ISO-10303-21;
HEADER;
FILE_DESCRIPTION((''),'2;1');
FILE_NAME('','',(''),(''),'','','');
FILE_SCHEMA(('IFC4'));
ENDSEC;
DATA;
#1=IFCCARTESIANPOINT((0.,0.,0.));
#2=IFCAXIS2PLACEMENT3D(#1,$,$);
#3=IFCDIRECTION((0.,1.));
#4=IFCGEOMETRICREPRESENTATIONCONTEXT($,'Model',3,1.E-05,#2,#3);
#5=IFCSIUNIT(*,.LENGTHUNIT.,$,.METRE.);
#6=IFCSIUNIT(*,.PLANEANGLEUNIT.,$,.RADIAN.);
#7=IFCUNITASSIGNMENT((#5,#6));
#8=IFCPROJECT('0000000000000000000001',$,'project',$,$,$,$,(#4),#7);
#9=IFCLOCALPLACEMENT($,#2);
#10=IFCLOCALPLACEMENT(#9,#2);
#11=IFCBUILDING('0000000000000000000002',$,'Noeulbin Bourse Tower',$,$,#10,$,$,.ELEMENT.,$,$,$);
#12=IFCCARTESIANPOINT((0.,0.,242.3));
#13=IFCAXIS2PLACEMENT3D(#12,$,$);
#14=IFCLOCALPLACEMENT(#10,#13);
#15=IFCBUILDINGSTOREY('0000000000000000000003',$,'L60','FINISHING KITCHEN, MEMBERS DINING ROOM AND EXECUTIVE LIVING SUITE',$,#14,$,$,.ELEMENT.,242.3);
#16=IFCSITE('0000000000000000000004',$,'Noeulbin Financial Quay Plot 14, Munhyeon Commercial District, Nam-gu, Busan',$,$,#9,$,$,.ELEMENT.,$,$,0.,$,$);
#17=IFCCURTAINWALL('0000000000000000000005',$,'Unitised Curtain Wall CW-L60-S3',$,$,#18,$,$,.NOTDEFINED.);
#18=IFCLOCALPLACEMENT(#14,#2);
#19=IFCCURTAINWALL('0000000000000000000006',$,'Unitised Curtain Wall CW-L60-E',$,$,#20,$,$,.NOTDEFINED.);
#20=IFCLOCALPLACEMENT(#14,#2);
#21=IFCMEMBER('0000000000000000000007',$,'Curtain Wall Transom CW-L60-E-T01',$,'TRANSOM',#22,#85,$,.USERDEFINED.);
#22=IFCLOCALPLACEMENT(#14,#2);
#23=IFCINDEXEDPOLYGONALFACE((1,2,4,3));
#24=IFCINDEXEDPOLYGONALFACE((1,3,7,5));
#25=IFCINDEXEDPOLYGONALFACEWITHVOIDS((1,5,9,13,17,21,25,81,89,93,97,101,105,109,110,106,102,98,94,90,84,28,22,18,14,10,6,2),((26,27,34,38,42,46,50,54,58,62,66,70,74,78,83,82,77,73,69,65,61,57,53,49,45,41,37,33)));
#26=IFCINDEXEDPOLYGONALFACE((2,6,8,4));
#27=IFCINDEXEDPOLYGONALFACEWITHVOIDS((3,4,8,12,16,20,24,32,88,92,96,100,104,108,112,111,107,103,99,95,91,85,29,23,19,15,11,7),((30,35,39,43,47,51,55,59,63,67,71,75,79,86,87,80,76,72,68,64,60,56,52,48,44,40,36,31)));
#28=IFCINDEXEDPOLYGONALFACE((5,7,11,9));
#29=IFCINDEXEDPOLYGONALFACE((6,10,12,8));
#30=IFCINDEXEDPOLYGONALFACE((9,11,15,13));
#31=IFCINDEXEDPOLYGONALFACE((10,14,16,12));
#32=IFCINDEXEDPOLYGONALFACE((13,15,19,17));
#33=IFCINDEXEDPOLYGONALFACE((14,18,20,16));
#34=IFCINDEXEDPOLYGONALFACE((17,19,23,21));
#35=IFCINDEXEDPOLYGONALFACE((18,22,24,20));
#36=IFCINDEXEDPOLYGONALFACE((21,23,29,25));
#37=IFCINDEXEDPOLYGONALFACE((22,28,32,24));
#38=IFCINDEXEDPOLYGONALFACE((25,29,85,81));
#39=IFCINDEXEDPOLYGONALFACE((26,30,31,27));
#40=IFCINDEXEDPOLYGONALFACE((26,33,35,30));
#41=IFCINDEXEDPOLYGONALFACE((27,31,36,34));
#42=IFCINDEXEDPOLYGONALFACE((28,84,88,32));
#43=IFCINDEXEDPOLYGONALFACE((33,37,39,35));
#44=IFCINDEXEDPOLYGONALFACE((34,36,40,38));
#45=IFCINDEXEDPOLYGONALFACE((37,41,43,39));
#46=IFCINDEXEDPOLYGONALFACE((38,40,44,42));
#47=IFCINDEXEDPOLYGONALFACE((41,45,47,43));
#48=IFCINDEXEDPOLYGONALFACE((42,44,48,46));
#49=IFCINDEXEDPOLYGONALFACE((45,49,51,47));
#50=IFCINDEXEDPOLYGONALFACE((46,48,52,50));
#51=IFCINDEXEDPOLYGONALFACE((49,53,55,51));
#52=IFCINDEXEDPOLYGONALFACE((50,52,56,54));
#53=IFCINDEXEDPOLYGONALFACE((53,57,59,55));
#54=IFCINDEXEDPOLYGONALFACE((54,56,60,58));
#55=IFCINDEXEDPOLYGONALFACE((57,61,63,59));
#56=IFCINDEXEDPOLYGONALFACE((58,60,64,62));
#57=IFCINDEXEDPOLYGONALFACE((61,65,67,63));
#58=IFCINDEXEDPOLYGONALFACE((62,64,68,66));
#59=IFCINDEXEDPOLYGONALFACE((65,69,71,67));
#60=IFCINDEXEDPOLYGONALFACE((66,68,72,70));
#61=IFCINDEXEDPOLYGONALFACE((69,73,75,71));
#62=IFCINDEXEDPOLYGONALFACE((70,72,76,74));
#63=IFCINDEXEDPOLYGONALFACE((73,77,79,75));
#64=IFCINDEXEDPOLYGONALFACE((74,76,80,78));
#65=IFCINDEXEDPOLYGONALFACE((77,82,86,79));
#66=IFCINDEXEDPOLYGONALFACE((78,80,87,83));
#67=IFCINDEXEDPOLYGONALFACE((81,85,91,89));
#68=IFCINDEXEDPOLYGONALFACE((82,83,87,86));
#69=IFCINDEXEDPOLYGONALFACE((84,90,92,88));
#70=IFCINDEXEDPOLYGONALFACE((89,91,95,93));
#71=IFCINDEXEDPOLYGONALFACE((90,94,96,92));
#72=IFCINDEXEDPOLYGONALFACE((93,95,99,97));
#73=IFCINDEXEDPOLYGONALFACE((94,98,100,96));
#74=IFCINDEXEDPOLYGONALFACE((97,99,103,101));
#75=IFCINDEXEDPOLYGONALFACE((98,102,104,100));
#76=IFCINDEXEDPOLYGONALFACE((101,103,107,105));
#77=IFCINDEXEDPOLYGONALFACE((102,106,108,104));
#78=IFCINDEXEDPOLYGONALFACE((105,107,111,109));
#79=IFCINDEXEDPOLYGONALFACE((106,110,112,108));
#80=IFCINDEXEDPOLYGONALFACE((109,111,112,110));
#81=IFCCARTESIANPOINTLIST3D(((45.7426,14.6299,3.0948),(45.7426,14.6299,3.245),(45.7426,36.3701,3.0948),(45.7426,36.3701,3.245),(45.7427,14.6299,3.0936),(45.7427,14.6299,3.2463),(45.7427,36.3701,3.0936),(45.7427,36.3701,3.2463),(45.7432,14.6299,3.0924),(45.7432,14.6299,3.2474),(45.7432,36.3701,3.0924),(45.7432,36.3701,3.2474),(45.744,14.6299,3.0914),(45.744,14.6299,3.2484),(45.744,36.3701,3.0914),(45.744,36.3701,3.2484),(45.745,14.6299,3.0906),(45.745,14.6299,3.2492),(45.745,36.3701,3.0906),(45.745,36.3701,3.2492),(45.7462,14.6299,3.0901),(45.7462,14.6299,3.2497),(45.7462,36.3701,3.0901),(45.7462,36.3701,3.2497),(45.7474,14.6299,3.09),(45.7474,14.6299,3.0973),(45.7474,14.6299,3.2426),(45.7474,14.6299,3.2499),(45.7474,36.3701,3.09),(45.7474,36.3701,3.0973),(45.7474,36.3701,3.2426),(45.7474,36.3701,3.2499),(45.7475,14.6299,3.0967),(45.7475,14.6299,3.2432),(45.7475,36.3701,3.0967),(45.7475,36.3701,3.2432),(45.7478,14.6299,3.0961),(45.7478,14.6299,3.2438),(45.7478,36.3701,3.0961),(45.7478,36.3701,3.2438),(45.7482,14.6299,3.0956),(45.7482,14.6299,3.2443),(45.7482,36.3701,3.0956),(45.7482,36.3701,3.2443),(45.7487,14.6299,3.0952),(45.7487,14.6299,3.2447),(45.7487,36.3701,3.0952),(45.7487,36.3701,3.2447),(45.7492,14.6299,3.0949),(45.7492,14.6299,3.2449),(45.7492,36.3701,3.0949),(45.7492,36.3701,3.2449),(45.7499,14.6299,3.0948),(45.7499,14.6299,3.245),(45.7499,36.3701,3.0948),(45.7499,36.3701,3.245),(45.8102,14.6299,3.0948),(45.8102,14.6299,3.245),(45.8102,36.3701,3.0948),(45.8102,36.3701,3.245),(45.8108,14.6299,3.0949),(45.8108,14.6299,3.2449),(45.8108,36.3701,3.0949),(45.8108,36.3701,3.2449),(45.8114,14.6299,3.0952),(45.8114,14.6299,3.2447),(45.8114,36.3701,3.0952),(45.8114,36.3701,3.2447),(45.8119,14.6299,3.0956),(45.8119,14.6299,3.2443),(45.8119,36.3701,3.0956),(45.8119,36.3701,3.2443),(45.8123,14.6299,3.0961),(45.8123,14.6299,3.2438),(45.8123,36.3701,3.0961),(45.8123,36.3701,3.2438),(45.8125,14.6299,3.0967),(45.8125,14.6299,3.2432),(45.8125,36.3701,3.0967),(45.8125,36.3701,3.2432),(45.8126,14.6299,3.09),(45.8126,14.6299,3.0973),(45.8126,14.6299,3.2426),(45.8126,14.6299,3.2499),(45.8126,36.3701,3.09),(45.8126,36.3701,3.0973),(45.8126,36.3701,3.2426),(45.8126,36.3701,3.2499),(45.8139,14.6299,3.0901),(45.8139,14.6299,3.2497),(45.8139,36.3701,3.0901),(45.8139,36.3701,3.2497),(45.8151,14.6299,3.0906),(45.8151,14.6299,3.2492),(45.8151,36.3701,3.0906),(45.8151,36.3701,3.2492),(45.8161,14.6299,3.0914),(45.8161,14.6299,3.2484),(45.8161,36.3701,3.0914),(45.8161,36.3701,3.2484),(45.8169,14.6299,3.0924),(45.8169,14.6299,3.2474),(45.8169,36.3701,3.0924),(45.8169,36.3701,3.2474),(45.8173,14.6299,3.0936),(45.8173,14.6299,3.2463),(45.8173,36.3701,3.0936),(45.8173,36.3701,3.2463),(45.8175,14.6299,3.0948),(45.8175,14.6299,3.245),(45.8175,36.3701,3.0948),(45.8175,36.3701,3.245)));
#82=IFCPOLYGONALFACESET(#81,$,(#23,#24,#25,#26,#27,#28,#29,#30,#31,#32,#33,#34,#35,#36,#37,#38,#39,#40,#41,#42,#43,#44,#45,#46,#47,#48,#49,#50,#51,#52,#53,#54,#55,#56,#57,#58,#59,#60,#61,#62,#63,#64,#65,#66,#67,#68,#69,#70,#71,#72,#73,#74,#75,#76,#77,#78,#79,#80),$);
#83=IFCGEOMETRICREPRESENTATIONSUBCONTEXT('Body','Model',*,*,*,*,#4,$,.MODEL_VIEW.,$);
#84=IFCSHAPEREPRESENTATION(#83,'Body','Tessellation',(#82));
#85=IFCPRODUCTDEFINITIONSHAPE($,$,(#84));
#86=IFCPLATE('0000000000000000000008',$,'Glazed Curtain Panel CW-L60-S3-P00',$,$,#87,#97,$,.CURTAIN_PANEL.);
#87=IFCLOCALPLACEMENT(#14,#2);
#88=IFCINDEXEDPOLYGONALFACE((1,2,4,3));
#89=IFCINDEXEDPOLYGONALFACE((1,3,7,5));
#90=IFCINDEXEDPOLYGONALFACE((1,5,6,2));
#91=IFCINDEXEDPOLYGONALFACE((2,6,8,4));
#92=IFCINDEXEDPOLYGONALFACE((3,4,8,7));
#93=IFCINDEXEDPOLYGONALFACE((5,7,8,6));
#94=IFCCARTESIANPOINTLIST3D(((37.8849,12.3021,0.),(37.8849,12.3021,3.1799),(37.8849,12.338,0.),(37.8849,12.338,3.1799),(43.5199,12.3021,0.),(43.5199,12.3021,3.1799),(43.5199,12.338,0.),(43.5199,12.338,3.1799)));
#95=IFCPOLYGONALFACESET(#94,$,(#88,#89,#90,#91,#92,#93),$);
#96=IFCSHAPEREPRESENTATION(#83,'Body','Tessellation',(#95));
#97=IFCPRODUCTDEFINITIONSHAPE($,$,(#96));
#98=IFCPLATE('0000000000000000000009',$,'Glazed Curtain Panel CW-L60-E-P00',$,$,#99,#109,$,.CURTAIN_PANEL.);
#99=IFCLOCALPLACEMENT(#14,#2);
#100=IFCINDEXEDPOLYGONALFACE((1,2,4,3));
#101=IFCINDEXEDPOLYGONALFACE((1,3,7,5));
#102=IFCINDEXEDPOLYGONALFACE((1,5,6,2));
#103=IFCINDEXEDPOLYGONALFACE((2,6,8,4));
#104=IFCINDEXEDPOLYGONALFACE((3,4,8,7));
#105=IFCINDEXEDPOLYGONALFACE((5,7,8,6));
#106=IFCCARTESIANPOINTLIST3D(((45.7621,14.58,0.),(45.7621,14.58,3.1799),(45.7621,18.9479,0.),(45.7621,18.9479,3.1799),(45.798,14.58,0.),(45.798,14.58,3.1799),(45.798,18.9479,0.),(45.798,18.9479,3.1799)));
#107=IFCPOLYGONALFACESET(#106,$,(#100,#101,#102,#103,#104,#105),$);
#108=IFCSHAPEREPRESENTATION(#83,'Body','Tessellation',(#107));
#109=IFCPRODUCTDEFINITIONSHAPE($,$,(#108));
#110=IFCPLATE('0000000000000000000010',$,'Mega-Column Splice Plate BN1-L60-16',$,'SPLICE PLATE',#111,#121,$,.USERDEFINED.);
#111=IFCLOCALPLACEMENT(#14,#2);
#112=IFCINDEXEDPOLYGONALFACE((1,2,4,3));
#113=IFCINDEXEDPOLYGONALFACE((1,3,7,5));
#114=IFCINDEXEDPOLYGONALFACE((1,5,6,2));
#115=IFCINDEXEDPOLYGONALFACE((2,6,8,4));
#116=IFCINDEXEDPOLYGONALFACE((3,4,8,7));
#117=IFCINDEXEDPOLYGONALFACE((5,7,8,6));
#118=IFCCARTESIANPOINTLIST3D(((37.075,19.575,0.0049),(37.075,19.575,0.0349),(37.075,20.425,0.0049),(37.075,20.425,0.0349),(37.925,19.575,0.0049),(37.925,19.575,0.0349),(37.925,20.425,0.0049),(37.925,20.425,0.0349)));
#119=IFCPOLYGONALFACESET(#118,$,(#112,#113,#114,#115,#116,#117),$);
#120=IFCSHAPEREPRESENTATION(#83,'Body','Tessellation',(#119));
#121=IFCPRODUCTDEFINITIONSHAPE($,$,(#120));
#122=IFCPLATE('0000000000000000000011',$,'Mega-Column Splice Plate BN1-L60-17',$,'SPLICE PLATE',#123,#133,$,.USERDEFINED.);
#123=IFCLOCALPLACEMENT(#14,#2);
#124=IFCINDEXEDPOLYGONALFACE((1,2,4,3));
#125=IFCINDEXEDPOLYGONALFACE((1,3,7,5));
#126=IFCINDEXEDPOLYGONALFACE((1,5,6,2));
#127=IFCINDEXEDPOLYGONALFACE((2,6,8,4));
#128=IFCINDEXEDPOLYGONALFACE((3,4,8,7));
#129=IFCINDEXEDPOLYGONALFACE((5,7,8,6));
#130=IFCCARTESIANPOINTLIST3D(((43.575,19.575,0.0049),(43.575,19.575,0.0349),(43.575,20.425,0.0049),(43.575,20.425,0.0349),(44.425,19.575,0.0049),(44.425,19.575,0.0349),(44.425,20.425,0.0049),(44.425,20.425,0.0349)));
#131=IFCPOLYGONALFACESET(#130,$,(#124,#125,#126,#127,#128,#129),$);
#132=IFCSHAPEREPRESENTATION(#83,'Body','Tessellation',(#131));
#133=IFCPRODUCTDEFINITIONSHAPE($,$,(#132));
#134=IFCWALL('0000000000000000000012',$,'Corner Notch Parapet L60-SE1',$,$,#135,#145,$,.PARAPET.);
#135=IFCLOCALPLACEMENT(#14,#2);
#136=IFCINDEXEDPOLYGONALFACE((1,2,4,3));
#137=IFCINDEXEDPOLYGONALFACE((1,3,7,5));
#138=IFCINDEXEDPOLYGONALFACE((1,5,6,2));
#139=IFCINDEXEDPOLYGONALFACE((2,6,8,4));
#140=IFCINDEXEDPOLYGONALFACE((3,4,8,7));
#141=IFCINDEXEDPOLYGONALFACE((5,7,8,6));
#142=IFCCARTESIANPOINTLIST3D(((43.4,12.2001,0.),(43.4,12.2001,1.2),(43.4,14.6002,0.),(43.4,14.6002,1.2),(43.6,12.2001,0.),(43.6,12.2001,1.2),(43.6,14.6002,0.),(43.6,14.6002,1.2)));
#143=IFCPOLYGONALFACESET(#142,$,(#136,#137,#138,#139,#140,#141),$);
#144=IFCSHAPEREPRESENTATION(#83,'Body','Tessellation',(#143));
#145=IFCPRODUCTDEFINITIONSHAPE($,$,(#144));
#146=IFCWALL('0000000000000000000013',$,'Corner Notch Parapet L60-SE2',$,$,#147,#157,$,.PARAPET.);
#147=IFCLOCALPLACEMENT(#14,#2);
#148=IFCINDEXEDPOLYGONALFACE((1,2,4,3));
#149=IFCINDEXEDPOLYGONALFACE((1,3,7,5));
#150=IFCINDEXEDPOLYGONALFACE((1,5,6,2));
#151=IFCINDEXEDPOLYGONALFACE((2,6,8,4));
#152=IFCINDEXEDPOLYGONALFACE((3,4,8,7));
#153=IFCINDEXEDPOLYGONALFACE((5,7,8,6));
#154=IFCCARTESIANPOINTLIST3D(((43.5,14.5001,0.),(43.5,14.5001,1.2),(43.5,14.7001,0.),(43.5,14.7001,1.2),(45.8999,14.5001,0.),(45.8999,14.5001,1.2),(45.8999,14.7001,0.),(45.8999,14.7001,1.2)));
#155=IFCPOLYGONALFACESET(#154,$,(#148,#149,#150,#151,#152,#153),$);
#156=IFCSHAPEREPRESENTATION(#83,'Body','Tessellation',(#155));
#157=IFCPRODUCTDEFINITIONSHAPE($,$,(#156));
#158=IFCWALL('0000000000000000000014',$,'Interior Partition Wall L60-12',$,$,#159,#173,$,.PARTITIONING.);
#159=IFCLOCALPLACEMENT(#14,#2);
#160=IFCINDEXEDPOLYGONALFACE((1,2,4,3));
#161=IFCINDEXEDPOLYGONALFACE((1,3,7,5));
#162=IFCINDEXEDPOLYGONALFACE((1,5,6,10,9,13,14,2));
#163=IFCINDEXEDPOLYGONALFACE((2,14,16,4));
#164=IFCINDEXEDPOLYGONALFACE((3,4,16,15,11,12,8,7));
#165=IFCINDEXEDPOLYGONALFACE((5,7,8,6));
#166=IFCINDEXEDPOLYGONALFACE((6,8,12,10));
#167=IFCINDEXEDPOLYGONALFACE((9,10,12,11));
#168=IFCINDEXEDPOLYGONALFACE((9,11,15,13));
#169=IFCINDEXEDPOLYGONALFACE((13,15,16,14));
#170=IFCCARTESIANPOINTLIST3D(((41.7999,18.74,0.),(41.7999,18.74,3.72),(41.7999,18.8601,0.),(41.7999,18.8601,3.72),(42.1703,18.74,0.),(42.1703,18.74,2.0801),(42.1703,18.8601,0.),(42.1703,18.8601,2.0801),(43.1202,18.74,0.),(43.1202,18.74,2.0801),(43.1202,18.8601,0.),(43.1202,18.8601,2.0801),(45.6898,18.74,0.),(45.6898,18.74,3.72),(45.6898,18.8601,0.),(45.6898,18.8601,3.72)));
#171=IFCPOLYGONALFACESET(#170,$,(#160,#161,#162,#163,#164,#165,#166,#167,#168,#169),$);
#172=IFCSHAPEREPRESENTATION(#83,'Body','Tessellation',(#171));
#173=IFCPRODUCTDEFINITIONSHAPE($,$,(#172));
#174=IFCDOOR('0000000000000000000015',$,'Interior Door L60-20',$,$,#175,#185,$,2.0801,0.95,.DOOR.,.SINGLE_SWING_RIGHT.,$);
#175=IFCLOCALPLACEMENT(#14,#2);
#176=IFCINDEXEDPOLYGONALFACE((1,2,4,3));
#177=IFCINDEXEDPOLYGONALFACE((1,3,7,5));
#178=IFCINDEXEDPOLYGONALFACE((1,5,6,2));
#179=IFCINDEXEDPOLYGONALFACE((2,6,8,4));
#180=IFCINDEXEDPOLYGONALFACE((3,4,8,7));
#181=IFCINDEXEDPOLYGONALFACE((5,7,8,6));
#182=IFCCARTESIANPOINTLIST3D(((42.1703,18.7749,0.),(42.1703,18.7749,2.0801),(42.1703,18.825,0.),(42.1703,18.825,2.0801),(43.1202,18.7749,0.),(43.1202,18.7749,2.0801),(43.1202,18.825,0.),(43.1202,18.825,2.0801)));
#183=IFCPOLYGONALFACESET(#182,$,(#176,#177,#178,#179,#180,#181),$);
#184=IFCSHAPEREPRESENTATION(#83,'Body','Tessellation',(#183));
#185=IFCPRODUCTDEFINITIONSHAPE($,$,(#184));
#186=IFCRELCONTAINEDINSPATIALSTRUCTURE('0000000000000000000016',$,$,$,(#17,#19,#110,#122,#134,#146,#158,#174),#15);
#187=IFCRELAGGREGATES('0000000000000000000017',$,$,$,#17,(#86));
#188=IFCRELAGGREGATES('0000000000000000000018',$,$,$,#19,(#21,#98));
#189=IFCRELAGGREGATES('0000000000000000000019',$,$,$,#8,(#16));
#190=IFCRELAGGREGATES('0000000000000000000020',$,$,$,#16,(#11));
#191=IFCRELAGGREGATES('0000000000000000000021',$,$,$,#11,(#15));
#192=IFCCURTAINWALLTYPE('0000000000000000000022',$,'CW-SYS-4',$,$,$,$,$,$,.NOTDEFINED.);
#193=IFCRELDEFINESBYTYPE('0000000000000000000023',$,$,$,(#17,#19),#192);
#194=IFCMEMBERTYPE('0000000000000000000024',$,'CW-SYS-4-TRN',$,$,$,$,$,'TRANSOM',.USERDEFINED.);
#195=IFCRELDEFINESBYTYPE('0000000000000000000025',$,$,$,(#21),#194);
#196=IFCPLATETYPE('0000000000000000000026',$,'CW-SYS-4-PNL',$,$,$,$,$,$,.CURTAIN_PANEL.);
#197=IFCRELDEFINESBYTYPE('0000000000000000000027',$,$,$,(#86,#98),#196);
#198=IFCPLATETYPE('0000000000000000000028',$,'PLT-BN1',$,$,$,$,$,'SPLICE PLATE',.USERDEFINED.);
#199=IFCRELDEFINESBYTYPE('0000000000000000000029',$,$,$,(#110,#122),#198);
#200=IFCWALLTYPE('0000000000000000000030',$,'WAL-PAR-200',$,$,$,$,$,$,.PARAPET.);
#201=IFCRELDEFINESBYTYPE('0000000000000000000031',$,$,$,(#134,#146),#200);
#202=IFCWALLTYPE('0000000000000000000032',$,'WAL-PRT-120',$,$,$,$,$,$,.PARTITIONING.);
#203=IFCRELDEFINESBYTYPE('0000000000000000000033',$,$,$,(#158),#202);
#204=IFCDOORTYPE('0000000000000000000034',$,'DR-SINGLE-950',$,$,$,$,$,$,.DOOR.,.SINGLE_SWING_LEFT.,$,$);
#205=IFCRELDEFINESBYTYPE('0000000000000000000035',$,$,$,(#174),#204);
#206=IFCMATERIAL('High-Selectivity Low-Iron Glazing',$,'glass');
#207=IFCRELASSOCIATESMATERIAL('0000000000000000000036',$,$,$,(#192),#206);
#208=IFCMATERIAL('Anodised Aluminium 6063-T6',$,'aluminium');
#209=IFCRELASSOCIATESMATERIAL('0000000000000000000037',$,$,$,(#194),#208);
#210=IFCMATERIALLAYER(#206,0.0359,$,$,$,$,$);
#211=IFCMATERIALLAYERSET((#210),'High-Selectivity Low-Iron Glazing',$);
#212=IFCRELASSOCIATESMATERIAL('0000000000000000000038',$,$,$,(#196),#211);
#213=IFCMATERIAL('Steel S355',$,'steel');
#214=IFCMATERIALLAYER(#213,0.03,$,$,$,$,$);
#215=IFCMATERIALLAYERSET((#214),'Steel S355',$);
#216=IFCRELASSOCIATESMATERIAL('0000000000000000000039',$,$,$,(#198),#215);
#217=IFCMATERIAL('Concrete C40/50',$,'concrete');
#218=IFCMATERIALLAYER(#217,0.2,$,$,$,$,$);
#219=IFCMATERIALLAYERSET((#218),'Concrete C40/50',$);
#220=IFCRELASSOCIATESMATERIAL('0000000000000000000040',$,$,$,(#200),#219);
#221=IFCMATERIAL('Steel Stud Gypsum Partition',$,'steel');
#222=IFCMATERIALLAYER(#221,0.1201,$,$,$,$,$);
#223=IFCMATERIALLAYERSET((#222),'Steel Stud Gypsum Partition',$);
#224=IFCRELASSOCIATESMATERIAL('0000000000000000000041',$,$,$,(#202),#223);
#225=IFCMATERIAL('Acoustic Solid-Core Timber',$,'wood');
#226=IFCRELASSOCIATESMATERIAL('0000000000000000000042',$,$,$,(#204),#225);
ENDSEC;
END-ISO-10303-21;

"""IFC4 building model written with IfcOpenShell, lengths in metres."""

from ifc_helpers import new_model, si_unit, direction, frame, frame_2d, origin, origin_2d, place, context, subcontext, project, spatial, rectangle, hollow_rectangle, extrude, material, layer, layer_set, material_profile, profile_set, type_object, element, fill, aggregate, save


model = new_model("IFC4")

# Units and contexts
model_context = context("Model", 3, precision=1e-05, world=origin(), true_north=direction((0.0, 1.0)))
body_context = subcontext(model_context, "Body", "Model", "MODEL_VIEW")
ifc_project = project(units=[si_unit("LENGTHUNIT", "METRE"), si_unit("PLANEANGLEUNIT", "RADIAN")], contexts=[model_context])

# Site, building, storey
site_placement = place(None, origin())
site = spatial("IfcSite", under=ifc_project, at=site_placement, Name="Noeulbin Financial Quay Plot 14, Munhyeon Commercial District, Nam-gu, Busan", CompositionType="ELEMENT", RefElevation=0.0)
building_placement = place(site_placement, origin())
building = spatial("IfcBuilding", under=site, at=building_placement, Name="Noeulbin Bourse Tower", CompositionType="ELEMENT")
storey_placement = place(building_placement, frame((0.0, 0.0, 242.3)))
storey = spatial("IfcBuildingStorey", under=building, at=storey_placement, Name="L60", Description="FINISHING KITCHEN, MEMBERS DINING ROOM AND EXECUTIVE LIVING SUITE", CompositionType="ELEMENT", Elevation=242.3)

# Shared definitions
ifc_material_1 = material(Name="Steel S355", Category="steel")

# Curtain walls
ifc_material_2 = material(Name="High-Selectivity Low-Iron Glazing", Category="glass")
curtain_wall_type = type_object("IfcCurtainWallType", Name="CW-SYS-4", PredefinedType="NOTDEFINED", material=ifc_material_2)
curtain_wall_1_placement = place(storey_placement, origin())
curtain_wall_1 = element("IfcCurtainWall", 1, at=curtain_wall_1_placement, inside=storey, type_object=curtain_wall_type, Name="Unitised Curtain Wall CW-L60-S3", PredefinedType="NOTDEFINED")
ifc_material_3 = material(Name="Anodised Aluminium 6063-T6", Category="aluminium")
curtain_wall_2_placement = place(storey_placement, origin())
curtain_wall_2 = element("IfcCurtainWall", 2, at=curtain_wall_2_placement, inside=storey, type_object=curtain_wall_type, Name="Unitised Curtain Wall CW-L60-E", PredefinedType="NOTDEFINED")

# Member
ifc_material_profile_1 = material_profile(ifc_material_3, hollow_rectangle(XDim=0.075, YDim=0.1599, WallThickness=0.0049, InnerFilletRadius=0.0024, OuterFilletRadius=0.0049, at=origin_2d()), Name="ALU-TRAN-75x160x5", Category="LoadBearing")
ifc_profile_set_1 = profile_set([ifc_material_profile_1], Name="Anodised Aluminium 6063-T6")
member_type_1 = type_object("IfcMemberType", Name="CW-SYS-4-TRN", ElementType="TRANSOM", PredefinedType="USERDEFINED", material=ifc_profile_set_1)
member_1_placement = place(storey_placement, frame((45.78, 14.6299, 3.1699), z_axis=(0.0, 1.0, 0.0), x_axis=(-1.0, 0.0, 0.0)))
member_1 = element("IfcMember", 3, at=member_1_placement, type_object=member_type_1, Name="Curtain Wall Transom CW-L60-E-T01", ObjectType="TRANSOM", PredefinedType="USERDEFINED", context=body_context, shape_type="SweptSolid", body=[
    extrude(hollow_rectangle(XDim=0.075, YDim=0.1599, WallThickness=0.0049, InnerFilletRadius=0.0024, OuterFilletRadius=0.0049, at=origin_2d()), origin(), (0.0, 0.0, 1.0), 21.7402),
])

# Plates
ifc_layer_1 = layer(ifc_material_2, 0.0359)
ifc_layer_set_1 = layer_set([ifc_layer_1], Name="High-Selectivity Low-Iron Glazing")
plate_type_1 = type_object("IfcPlateType", Name="CW-SYS-4-PNL", PredefinedType="CURTAIN_PANEL", material=ifc_layer_set_1)
plate_1_placement = place(storey_placement, frame((40.7024, 12.3201, 0.0), z_axis=(0.0, 0.0, 1.0), x_axis=(1.0, 0.0, 0.0)))
plate_1 = element("IfcPlate", 4, at=plate_1_placement, type_object=plate_type_1, Name="Glazed Curtain Panel CW-L60-S3-P00", PredefinedType="CURTAIN_PANEL", context=body_context, shape_type="SweptSolid", body=[
    extrude(rectangle(XDim=5.635, YDim=0.0359, at=origin_2d()), origin(), (0.0, 0.0, 1.0), 3.1799),
])
aggregate(curtain_wall_1, [plate_1])
plate_2_placement = place(storey_placement, frame((45.78, 16.7639, 0.0), z_axis=(0.0, 0.0, 1.0), x_axis=(0.0, 1.0, 0.0)))
plate_2 = element("IfcPlate", 5, at=plate_2_placement, type_object=plate_type_1, Name="Glazed Curtain Panel CW-L60-E-P00", PredefinedType="CURTAIN_PANEL", context=body_context, shape_type="SweptSolid", body=[
    extrude(rectangle(XDim=4.3679, YDim=0.0359, at=origin_2d()), origin(), (0.0, 0.0, 1.0), 3.1799),
])
aggregate(curtain_wall_2, [member_1, plate_2])

# Plates
ifc_layer_2 = layer(ifc_material_1, 0.03)
ifc_layer_set_2 = layer_set([ifc_layer_2], Name="Steel S355")
plate_type_2 = type_object("IfcPlateType", Name="PLT-BN1", ElementType="SPLICE PLATE", PredefinedType="USERDEFINED", material=ifc_layer_set_2)
for number, where, z_axis, x_axis, name in (
    (6, (37.5, 20.0, 0.0049), (0.0, 0.0, 1.0), (1.0, 0.0, 0.0), "Mega-Column Splice Plate BN1-L60-16"),
    (7, (44.0, 20.0, 0.0049), (0.0, 0.0, 1.0), (1.0, 0.0, 0.0), "Mega-Column Splice Plate BN1-L60-17"),
):
    element("IfcPlate", number, at=place(storey_placement, frame(where, z_axis=z_axis, x_axis=x_axis)), inside=storey, type_object=plate_type_2, Name=name, ObjectType="SPLICE PLATE", PredefinedType="USERDEFINED", context=body_context, shape_type="SweptSolid", body=[
        extrude(rectangle(XDim=0.8501, YDim=0.8501, at=origin_2d()), origin(), (0.0, 0.0, 1.0), 0.03),
    ])

# Walls
ifc_material_4 = material(Name="Concrete C40/50", Category="concrete")
ifc_layer_3 = layer(ifc_material_4, 0.2)
ifc_layer_set_3 = layer_set([ifc_layer_3], Name="Concrete C40/50")
wall_type_1 = type_object("IfcWallType", Name="WAL-PAR-200", PredefinedType="PARAPET", material=ifc_layer_set_3)
wall_1_placement = place(storey_placement, frame((43.5, 12.2, 0.0), z_axis=(0.0, 0.0, 1.0), x_axis=(0.0, 1.0, 0.0)))
element("IfcWall", 8, at=wall_1_placement, inside=storey, type_object=wall_type_1, Name="Corner Notch Parapet L60-SE1", PredefinedType="PARAPET", context=body_context, shape_type="SweptSolid", body=[
    extrude(rectangle(XDim=2.4001, YDim=0.2, at=frame_2d((1.2002, 0.0))), origin(), (0.0, 0.0, 1.0), 1.2),
])
wall_2_placement = place(storey_placement, frame((43.5, 14.6001, 0.0), z_axis=(0.0, 0.0, 1.0), x_axis=(1.0, 0.0, 0.0)))
element("IfcWall", 9, at=wall_2_placement, inside=storey, type_object=wall_type_1, Name="Corner Notch Parapet L60-SE2", PredefinedType="PARAPET", context=body_context, shape_type="SweptSolid", body=[
    extrude(rectangle(XDim=2.3999, YDim=0.2, at=frame_2d((1.2, 0.0))), origin(), (0.0, 0.0, 1.0), 1.2),
])

# Wall, opening, door
ifc_material_5 = material(Name="Steel Stud Gypsum Partition", Category="steel")
ifc_layer_4 = layer(ifc_material_5, 0.1201)
ifc_layer_set_4 = layer_set([ifc_layer_4], Name="Steel Stud Gypsum Partition")
wall_type_2 = type_object("IfcWallType", Name="WAL-PRT-120", PredefinedType="PARTITIONING", material=ifc_layer_set_4)
wall_3_placement = place(storey_placement, frame((41.8, 18.8, 0.0), z_axis=(0.0, 0.0, 1.0), x_axis=(1.0, 0.0, 0.0)))
wall_3 = element("IfcWall", 10, at=wall_3_placement, inside=storey, type_object=wall_type_2, Name="Interior Partition Wall L60-12", PredefinedType="PARTITIONING", context=body_context, shape_type="SweptSolid", body=[
    extrude(rectangle(XDim=3.8899, YDim=0.1201, at=frame_2d((1.9448, 0.0))), origin(), (0.0, 0.0, 1.0), 3.72),
])
opening_placement = place(wall_3_placement, frame((0.3701, 0.0, 0.0)))
opening = element("IfcOpeningElement", 11, at=opening_placement, cuts=wall_3, PredefinedType="OPENING", context=body_context, shape_type="SweptSolid", body=[
    extrude(rectangle(XDim=0.95, YDim=2.0801, at=frame_2d((0.4751, 1.04))), frame((0.0, 0.0701, 0.0), z_axis=(0.0, -1.0, 0.0), x_axis=(1.0, 0.0, 0.0)), (0.0, 0.0, 1.0), 0.1401),
])
ifc_material_6 = material(Name="Acoustic Solid-Core Timber", Category="wood")
door_type = type_object("IfcDoorType", Name="DR-SINGLE-950", OperationType="SINGLE_SWING_LEFT", PredefinedType="DOOR", material=ifc_material_6)
door_placement = place(opening_placement, origin())
door = element("IfcDoor", 12, at=door_placement, inside=storey, type_object=door_type, Name="Interior Door L60-20", OperationType="SINGLE_SWING_RIGHT", OverallHeight=2.0801, OverallWidth=0.95, PredefinedType="DOOR", context=body_context, shape_type="SweptSolid", body=[
    extrude(rectangle(XDim=0.95, YDim=2.0801, at=frame_2d((0.4751, 1.04))), frame((0.0, 0.0249, 0.0), z_axis=(0.0, -1.0, 0.0), x_axis=(1.0, 0.0, 0.0)), (0.0, 0.0, 1.0), 0.05),
])
fill(opening, door)

save(model, "model.ifc")
